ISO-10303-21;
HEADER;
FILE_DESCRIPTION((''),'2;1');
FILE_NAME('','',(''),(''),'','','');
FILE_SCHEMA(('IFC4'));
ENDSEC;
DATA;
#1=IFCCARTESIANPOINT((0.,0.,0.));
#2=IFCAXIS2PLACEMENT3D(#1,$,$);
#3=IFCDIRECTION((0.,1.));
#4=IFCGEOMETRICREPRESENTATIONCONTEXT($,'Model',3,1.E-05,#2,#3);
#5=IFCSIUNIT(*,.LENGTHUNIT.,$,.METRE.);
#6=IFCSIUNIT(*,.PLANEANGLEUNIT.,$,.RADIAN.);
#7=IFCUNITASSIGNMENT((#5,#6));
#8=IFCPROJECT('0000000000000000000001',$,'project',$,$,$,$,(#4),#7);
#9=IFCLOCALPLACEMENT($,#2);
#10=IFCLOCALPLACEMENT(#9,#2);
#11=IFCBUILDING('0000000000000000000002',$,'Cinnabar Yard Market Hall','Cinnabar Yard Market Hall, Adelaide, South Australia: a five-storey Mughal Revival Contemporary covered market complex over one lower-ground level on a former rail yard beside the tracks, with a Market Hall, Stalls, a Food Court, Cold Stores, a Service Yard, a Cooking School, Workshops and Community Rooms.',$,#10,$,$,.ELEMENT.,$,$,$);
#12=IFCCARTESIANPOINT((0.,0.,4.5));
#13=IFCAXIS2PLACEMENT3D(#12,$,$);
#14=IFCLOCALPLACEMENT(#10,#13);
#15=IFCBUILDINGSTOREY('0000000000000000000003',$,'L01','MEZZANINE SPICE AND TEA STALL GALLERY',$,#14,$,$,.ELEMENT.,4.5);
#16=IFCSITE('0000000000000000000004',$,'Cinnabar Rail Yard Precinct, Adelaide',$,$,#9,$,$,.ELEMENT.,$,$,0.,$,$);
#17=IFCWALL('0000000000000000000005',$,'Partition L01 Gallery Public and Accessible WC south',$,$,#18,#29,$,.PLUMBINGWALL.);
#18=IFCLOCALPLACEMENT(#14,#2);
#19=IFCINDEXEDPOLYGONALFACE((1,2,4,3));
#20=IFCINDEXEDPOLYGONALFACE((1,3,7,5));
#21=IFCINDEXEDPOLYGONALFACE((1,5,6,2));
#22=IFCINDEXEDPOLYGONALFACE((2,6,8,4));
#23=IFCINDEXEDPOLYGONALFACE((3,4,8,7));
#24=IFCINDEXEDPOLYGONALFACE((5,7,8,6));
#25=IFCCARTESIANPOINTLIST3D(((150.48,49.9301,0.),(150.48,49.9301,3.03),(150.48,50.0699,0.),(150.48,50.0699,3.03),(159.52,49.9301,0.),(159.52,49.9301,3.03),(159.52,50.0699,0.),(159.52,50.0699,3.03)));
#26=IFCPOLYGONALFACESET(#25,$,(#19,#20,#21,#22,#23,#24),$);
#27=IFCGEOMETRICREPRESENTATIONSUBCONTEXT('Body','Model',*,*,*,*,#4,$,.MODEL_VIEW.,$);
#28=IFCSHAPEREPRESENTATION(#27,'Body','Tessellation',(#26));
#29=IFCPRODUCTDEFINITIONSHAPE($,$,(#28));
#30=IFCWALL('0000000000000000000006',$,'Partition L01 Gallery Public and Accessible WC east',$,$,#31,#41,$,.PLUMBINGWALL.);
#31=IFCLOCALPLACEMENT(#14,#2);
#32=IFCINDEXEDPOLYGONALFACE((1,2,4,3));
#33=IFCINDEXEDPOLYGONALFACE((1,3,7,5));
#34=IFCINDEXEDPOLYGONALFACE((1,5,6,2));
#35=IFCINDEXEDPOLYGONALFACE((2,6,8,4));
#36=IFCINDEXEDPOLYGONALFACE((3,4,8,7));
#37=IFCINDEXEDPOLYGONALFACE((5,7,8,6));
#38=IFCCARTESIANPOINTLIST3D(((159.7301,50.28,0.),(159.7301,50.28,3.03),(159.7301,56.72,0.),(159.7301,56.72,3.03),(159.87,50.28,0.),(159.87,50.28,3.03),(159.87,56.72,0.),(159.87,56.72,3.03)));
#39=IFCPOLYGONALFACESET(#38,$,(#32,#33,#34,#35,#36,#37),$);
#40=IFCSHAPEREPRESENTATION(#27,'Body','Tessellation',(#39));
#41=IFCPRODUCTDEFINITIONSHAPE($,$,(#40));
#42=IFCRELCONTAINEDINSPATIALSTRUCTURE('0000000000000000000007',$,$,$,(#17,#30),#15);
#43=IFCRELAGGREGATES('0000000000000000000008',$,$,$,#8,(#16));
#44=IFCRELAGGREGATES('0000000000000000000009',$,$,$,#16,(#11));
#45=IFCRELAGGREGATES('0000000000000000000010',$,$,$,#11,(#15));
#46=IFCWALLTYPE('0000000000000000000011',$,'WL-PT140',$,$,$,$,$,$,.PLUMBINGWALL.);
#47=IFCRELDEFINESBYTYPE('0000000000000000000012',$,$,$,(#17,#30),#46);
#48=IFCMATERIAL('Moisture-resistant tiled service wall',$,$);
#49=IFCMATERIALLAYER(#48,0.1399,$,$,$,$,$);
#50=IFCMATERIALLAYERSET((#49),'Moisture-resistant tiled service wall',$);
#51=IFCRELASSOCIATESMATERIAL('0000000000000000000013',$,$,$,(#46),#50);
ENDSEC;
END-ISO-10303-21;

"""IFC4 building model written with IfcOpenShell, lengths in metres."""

from ifc_helpers import new_model, si_unit, direction, frame, frame_2d, origin, place, context, subcontext, project, spatial, rectangle, extrude, material, layer, layer_set, type_object, element, save


model = new_model("IFC4")

# Units and contexts
model_context = context("Model", 3, precision=1e-05, world=origin(), true_north=direction((0.0, 1.0)))
body_context = subcontext(model_context, "Body", "Model", "MODEL_VIEW")
ifc_project = project(units=[si_unit("LENGTHUNIT", "METRE"), si_unit("PLANEANGLEUNIT", "RADIAN")], contexts=[model_context])

# Site, building, storey
site_placement = place(None, origin())
site = spatial("IfcSite", under=ifc_project, at=site_placement, Name="Cinnabar Rail Yard Precinct, Adelaide", CompositionType="ELEMENT", RefElevation=0.0)
building_placement = place(site_placement, origin())
building = spatial("IfcBuilding", under=site, at=building_placement, Name="Cinnabar Yard Market Hall", Description="Cinnabar Yard Market Hall, Adelaide, South Australia: a five-storey Mughal Revival Contemporary covered market complex over one lower-ground level on a former rail yard beside the tracks, with a Market Hall, Stalls, a Food Court, Cold Stores, a Service Yard, a Cooking School, Workshops and Community Rooms.", CompositionType="ELEMENT")
storey_placement = place(building_placement, frame((0.0, 0.0, 4.5)))
storey = spatial("IfcBuildingStorey", under=building, at=storey_placement, Name="L01", Description="MEZZANINE SPICE AND TEA STALL GALLERY", CompositionType="ELEMENT", Elevation=4.5)

# Walls
ifc_material_1 = material(Name="Moisture-resistant tiled service wall")
ifc_layer_1 = layer(ifc_material_1, 0.1399)
ifc_layer_set_1 = layer_set([ifc_layer_1], Name="Moisture-resistant tiled service wall")
wall_type_1 = type_object("IfcWallType", Name="WL-PT140", PredefinedType="PLUMBINGWALL", material=ifc_layer_set_1)
wall_1_placement = place(storey_placement, frame((150.48, 50.0, 0.0), z_axis=(0.0, 0.0, 1.0), x_axis=(1.0, 0.0, 0.0)))
element("IfcWall", 1, at=wall_1_placement, inside=storey, type_object=wall_type_1, Name="Partition L01 Gallery Public and Accessible WC south", PredefinedType="PLUMBINGWALL", context=body_context, shape_type="SweptSolid", body=[
    extrude(rectangle(XDim=9.04, YDim=0.1399, at=frame_2d((4.52, 0.0), x_axis=(1.0, 0.0))), origin(), (0.0, 0.0, 1.0), 3.03),
])
wall_2_placement = place(storey_placement, frame((159.8, 50.28, 0.0), z_axis=(0.0, 0.0, 1.0), x_axis=(0.0, 1.0, 0.0)))
element("IfcWall", 2, at=wall_2_placement, inside=storey, type_object=wall_type_1, Name="Partition L01 Gallery Public and Accessible WC east", PredefinedType="PLUMBINGWALL", context=body_context, shape_type="SweptSolid", body=[
    extrude(rectangle(XDim=6.4399, YDim=0.1399, at=frame_2d((3.22, 0.0), x_axis=(1.0, 0.0))), origin(), (0.0, 0.0, 1.0), 3.03),
])

save(model, "model.ifc")
